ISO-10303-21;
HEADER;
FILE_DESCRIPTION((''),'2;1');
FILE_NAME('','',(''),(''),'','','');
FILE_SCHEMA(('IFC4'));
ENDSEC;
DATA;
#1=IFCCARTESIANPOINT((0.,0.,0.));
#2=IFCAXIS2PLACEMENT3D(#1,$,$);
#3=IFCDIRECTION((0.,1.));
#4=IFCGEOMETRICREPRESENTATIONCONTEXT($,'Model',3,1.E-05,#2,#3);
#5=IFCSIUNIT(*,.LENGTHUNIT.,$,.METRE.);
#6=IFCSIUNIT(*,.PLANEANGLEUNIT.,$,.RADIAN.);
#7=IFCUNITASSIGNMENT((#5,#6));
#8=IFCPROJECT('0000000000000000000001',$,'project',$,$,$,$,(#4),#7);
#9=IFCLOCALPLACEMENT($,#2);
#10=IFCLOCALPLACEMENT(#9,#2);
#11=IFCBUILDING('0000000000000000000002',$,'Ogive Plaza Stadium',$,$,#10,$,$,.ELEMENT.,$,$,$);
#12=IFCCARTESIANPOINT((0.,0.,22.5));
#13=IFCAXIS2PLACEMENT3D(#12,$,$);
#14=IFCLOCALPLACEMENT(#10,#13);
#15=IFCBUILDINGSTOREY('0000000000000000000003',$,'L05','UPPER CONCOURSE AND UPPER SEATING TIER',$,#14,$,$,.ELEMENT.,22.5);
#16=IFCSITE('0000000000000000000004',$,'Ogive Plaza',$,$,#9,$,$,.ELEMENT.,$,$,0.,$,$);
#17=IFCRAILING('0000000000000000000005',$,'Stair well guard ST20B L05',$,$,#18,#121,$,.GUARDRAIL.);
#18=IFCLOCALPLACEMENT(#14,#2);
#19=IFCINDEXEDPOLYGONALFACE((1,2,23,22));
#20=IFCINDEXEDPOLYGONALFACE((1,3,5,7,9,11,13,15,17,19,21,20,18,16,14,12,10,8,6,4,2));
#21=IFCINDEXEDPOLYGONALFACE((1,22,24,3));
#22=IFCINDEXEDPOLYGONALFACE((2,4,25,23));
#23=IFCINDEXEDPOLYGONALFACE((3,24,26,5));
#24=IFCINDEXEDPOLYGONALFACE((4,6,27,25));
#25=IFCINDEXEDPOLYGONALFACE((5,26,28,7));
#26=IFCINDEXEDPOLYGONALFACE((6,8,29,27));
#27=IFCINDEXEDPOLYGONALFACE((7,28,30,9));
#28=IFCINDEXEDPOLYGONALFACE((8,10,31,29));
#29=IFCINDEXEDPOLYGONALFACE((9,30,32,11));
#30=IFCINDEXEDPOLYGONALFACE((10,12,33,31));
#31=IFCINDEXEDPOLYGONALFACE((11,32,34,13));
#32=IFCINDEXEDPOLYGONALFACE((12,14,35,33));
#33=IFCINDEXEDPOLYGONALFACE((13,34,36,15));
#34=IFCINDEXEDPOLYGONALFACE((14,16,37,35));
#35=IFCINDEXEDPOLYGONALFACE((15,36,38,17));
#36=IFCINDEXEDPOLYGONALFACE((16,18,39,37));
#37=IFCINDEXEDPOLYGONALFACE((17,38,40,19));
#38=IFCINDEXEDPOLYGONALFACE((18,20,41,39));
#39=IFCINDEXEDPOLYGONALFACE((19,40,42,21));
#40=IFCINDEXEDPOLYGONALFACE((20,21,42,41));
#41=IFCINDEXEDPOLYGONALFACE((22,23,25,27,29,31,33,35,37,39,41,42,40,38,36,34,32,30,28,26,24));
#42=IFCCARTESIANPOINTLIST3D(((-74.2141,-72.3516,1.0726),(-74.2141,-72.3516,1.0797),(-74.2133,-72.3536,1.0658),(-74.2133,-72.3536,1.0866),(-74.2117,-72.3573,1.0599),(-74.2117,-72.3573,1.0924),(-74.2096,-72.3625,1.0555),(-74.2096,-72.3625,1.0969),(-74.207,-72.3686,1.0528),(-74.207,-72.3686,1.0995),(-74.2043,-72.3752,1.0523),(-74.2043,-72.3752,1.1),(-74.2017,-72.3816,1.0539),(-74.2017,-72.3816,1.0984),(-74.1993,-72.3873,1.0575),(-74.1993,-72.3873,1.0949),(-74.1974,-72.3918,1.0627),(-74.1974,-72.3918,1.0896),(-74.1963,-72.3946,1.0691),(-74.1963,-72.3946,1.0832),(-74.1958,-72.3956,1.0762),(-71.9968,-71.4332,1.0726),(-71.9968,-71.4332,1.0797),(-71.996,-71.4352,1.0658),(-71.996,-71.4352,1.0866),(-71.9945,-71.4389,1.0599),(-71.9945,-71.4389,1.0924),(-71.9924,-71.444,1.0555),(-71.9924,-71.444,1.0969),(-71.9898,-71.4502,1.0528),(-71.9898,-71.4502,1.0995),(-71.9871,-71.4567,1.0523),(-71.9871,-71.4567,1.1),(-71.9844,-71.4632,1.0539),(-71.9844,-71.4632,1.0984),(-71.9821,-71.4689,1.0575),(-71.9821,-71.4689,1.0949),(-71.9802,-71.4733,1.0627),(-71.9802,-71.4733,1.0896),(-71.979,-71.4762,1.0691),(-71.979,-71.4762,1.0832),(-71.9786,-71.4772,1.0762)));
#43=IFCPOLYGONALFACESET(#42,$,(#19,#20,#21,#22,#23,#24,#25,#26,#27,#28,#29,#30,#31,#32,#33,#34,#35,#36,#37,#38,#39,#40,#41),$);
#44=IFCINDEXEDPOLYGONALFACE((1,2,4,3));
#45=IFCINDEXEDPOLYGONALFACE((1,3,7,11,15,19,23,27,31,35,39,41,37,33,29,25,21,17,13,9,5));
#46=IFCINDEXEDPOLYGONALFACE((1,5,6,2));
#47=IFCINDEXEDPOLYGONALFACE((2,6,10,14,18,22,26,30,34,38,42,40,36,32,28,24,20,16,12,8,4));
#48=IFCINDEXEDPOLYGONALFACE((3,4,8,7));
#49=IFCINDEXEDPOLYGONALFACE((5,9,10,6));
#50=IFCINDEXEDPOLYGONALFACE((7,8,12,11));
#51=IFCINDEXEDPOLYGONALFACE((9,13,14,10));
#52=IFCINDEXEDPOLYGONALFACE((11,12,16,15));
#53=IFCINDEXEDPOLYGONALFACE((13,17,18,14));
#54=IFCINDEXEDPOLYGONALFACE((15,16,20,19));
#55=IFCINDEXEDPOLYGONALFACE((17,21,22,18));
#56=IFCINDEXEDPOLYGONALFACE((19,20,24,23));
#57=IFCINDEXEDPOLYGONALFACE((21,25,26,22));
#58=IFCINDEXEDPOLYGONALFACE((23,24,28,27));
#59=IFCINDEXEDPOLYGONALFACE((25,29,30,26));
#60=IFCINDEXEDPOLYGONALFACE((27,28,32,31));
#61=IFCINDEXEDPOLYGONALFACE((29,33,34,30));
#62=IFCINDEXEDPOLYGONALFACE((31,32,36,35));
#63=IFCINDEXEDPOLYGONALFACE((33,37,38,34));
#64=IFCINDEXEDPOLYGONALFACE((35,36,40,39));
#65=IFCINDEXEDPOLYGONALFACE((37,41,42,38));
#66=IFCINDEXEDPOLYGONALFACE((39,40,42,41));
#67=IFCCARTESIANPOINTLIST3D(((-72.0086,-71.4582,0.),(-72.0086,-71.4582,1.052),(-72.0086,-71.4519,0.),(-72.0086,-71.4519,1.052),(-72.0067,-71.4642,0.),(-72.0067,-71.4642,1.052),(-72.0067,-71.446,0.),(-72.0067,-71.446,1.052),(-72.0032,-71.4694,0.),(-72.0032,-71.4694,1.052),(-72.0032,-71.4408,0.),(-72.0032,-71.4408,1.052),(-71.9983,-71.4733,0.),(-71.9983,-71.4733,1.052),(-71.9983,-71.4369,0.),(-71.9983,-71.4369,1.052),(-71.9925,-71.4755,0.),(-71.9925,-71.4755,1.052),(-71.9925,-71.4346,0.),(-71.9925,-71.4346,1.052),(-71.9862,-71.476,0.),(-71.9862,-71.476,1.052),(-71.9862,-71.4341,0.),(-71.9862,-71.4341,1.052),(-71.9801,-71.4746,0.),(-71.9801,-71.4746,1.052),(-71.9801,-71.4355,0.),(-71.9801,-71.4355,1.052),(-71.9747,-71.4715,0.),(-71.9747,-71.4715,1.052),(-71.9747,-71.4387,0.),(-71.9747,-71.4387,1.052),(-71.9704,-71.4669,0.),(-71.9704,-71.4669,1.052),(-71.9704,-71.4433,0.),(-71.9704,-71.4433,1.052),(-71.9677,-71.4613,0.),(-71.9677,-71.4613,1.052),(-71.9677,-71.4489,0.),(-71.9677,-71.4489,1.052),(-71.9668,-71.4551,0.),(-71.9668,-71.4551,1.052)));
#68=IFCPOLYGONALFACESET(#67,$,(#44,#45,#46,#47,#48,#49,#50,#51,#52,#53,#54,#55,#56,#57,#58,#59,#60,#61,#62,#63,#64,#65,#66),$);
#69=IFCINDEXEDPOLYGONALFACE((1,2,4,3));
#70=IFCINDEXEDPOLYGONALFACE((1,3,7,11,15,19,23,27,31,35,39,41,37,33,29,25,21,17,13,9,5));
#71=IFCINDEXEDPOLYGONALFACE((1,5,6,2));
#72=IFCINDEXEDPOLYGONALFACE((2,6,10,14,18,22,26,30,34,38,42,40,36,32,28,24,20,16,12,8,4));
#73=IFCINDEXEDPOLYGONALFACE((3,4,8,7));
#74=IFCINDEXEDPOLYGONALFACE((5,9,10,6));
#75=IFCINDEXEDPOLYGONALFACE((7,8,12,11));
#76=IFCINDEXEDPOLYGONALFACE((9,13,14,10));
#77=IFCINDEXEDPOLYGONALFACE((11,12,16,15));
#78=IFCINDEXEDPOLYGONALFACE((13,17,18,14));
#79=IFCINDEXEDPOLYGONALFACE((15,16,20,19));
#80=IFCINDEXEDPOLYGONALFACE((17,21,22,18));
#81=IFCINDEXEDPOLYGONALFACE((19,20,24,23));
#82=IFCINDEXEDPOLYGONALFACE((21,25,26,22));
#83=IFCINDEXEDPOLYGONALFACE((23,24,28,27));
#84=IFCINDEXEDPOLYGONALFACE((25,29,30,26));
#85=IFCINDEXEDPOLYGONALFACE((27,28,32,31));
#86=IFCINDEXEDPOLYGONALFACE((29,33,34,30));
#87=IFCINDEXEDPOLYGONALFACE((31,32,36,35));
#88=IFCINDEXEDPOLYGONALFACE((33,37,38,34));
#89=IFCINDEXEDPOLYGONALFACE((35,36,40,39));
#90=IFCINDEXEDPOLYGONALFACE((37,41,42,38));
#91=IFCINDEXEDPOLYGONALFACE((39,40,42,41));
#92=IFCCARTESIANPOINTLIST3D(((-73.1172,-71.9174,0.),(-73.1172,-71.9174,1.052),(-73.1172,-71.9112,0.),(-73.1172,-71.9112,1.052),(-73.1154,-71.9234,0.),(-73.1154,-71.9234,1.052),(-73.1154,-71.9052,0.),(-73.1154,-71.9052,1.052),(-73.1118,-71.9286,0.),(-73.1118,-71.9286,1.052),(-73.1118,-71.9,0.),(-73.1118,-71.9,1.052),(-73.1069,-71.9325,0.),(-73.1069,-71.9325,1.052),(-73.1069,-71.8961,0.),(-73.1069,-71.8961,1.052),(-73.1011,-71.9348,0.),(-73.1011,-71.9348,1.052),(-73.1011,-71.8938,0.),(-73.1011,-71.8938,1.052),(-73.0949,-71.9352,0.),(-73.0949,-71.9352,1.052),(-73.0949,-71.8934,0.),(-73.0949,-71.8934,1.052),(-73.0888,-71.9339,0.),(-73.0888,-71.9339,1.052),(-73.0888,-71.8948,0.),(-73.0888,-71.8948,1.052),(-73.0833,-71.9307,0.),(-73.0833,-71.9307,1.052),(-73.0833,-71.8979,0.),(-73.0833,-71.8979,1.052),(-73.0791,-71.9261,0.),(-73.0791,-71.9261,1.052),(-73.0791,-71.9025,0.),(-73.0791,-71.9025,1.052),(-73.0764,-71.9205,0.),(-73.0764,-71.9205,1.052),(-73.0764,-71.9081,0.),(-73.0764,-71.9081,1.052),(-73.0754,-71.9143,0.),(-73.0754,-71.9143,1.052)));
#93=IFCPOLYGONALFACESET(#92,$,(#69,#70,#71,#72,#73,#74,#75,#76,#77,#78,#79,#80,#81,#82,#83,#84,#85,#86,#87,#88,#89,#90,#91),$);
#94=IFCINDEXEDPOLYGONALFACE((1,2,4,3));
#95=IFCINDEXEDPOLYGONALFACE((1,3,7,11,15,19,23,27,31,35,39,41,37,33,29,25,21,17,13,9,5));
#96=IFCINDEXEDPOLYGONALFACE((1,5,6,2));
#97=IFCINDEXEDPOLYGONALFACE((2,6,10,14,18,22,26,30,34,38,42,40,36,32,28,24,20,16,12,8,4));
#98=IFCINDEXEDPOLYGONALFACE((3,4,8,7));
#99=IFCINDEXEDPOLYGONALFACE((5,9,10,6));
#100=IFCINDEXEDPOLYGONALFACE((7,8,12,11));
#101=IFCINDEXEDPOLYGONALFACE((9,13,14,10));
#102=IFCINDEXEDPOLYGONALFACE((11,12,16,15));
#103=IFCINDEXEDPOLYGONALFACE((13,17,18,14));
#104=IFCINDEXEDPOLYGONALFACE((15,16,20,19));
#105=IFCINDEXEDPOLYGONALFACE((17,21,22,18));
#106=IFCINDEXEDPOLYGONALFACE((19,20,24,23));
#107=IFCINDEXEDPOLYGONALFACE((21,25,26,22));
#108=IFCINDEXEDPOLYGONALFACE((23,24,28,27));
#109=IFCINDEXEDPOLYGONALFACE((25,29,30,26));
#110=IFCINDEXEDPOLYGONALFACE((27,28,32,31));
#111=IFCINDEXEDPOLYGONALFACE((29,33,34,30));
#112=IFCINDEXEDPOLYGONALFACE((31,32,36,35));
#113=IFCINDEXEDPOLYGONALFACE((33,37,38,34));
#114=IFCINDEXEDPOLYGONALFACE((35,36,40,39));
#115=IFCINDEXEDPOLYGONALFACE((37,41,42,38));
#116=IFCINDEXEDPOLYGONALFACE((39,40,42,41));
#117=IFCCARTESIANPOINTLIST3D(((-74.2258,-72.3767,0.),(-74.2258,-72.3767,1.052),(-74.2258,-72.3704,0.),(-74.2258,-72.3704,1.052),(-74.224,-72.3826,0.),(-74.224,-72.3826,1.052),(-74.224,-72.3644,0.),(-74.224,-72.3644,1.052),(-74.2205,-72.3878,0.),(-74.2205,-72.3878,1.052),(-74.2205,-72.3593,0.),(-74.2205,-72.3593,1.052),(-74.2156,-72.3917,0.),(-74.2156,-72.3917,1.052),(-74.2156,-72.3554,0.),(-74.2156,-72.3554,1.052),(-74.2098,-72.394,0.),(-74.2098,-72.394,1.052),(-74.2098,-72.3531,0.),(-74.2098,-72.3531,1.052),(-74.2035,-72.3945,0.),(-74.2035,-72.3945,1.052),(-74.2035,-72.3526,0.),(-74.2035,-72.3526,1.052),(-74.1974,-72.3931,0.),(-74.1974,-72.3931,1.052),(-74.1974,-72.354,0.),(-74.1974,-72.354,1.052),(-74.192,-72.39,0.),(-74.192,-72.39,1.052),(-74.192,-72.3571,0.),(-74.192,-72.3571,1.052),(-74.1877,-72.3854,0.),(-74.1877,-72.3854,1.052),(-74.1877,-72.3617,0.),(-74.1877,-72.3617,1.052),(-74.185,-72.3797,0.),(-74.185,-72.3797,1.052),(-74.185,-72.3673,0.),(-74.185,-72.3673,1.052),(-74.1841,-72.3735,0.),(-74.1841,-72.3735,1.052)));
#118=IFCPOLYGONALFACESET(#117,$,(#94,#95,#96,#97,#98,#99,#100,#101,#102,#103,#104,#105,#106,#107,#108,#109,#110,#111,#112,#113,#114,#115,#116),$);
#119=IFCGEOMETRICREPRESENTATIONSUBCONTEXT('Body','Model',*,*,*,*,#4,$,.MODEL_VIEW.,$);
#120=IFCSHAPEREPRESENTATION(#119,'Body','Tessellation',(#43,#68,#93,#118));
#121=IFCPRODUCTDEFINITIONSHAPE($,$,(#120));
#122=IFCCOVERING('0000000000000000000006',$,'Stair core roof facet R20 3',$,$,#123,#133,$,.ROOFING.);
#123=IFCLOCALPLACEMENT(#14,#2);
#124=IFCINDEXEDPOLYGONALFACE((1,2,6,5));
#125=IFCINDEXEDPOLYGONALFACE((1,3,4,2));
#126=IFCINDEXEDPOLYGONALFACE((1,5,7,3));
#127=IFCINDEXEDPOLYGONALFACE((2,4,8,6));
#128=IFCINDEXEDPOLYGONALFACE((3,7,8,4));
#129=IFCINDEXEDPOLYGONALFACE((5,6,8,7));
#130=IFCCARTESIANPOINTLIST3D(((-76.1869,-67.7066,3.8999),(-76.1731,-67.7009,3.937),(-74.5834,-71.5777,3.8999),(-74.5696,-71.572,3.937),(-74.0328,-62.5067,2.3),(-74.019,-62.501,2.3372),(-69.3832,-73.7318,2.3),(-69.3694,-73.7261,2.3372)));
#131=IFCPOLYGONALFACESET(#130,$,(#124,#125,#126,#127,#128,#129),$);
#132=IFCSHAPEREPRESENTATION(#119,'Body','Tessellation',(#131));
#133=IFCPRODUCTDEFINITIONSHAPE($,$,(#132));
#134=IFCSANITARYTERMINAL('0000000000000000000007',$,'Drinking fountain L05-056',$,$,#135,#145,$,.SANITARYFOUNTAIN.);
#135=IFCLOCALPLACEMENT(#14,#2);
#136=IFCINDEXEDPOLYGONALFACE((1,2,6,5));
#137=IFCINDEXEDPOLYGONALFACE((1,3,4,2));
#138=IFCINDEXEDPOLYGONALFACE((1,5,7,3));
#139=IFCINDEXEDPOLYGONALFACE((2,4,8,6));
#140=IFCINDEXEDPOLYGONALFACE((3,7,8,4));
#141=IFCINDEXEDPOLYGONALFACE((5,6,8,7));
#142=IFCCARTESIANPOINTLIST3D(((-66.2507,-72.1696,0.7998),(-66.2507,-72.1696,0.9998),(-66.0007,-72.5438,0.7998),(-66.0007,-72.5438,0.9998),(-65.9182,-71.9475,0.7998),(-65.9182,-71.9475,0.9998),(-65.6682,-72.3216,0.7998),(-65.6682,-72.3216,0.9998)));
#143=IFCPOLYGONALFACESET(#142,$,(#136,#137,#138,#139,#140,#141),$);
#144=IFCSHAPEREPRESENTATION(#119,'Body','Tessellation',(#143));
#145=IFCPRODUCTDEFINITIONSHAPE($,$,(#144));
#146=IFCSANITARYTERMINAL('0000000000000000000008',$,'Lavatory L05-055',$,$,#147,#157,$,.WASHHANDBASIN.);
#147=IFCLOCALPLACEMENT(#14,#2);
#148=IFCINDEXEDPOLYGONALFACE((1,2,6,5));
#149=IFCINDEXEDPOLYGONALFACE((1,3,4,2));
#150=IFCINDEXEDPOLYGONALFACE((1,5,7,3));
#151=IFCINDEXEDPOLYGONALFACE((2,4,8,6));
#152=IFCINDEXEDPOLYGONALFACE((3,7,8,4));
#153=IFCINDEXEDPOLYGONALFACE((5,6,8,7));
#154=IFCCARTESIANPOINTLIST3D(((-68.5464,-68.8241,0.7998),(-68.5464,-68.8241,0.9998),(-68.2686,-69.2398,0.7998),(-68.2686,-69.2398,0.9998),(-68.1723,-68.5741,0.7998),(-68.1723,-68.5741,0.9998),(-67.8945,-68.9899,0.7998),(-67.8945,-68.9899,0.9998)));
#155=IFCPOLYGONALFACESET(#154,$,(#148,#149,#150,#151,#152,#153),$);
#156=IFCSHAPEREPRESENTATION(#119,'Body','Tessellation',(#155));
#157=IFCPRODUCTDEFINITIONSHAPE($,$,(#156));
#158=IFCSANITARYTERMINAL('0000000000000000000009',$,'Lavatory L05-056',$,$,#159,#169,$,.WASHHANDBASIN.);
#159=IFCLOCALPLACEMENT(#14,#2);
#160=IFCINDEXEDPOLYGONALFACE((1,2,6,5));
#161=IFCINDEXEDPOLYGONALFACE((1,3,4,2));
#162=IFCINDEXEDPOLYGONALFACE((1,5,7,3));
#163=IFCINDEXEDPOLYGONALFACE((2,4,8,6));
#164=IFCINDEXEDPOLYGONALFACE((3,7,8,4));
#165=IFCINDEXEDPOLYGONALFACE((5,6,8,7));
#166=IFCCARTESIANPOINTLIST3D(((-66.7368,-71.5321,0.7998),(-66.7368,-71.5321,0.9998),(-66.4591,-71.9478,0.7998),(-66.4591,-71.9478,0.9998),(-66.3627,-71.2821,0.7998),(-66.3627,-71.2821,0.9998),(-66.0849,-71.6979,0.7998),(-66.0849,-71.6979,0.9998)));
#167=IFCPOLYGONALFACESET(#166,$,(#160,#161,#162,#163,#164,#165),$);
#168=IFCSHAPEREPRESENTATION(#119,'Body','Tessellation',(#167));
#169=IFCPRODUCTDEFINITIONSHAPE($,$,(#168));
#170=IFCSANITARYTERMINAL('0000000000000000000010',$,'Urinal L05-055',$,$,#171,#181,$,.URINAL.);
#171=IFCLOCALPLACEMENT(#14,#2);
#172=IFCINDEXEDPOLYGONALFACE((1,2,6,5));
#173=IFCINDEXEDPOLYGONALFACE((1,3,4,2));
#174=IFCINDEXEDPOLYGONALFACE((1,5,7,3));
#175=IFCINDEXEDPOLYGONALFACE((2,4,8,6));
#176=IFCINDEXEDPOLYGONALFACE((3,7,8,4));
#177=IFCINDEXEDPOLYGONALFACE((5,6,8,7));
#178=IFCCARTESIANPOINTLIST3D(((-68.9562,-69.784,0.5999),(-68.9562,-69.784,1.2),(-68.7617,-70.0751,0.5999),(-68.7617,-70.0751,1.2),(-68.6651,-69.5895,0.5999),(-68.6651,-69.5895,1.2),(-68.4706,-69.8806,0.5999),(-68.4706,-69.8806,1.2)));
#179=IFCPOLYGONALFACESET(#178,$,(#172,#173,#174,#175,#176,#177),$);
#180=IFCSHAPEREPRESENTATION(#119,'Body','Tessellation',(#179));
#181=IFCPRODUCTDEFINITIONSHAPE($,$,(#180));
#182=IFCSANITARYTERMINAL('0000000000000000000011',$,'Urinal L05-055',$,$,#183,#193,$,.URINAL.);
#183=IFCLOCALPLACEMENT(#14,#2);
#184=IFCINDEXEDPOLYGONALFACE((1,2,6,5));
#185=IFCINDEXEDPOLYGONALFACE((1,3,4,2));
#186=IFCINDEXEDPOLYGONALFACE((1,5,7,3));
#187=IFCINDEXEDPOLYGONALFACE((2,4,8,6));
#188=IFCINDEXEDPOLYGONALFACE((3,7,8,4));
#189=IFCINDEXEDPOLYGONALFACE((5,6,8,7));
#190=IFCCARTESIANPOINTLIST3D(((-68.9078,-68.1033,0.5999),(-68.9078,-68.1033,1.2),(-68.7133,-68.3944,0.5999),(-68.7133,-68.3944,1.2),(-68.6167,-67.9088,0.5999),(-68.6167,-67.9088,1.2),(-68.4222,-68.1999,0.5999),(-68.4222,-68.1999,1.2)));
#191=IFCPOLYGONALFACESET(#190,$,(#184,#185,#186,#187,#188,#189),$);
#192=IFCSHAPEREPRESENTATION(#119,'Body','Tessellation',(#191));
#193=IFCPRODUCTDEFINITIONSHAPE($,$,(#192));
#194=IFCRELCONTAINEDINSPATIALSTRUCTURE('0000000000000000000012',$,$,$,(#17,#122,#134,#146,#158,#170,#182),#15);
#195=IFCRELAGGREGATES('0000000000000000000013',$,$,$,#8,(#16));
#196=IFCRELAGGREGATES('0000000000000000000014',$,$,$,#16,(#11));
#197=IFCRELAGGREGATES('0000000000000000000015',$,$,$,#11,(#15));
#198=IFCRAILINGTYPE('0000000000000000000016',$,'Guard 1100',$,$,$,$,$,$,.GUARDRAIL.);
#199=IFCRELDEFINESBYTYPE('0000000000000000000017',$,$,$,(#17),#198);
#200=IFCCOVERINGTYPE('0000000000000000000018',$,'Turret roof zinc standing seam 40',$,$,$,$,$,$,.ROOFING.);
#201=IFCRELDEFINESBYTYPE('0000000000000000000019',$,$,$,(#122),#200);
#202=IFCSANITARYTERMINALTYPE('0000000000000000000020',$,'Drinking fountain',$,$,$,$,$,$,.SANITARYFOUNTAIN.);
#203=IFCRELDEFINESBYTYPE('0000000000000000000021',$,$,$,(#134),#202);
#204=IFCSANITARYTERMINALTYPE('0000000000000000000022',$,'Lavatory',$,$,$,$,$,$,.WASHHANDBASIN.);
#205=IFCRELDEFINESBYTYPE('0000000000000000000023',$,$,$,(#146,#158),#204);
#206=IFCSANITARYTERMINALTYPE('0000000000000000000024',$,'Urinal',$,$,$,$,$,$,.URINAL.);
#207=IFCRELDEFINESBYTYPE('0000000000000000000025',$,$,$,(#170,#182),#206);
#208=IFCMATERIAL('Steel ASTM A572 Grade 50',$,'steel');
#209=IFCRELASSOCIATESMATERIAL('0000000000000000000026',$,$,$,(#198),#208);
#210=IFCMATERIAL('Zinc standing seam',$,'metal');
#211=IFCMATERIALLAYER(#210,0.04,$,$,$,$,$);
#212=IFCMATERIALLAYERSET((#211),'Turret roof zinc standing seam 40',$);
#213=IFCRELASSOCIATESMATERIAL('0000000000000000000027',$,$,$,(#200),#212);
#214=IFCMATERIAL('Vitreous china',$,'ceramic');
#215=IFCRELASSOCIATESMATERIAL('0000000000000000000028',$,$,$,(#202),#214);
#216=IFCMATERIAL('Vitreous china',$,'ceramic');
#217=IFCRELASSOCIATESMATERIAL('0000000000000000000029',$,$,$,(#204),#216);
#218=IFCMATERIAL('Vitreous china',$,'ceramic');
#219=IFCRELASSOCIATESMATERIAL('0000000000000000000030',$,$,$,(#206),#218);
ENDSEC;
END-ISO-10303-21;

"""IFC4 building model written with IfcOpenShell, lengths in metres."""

from ifc_helpers import new_model, si_unit, direction, frame, origin, origin_2d, place, context, subcontext, project, spatial, polyline, rectangle, circle, outline, extrude, material, layer, layer_set, type_object, element, save


model = new_model("IFC4")

# Units and contexts
model_context = context("Model", 3, precision=1e-05, world=origin(), true_north=direction((0.0, 1.0)))
body_context = subcontext(model_context, "Body", "Model", "MODEL_VIEW")
ifc_project = project(units=[si_unit("LENGTHUNIT", "METRE"), si_unit("PLANEANGLEUNIT", "RADIAN")], contexts=[model_context])

# Site, building, storey
site_placement = place(None, origin())
site = spatial("IfcSite", under=ifc_project, at=site_placement, Name="Ogive Plaza", CompositionType="ELEMENT", RefElevation=0.0)
building_placement = place(site_placement, origin())
building = spatial("IfcBuilding", under=site, at=building_placement, Name="Ogive Plaza Stadium", CompositionType="ELEMENT")
storey_placement = place(building_placement, frame((0.0, 0.0, 22.5)))
storey = spatial("IfcBuildingStorey", under=building, at=storey_placement, Name="L05", Description="UPPER CONCOURSE AND UPPER SEATING TIER", CompositionType="ELEMENT", Elevation=22.5)

# Railing
ifc_material_1 = material(Name="Steel ASTM A572 Grade 50", Category="steel")
railing_type = type_object("IfcRailingType", Name="Guard 1100", PredefinedType="GUARDRAIL", material=ifc_material_1)
railing_placement = place(storey_placement, frame((-71.9878, -71.4551, 0.0)))
element("IfcRailing", 1, at=railing_placement, inside=storey, type_object=railing_type, Name="Stair well guard ST20B L05", PredefinedType="GUARDRAIL", context=body_context, shape_type="SweptSolid", body=[
    extrude(circle(Radius=0.0239, at=origin_2d()), frame((0.0, 0.0, 1.0762), z_axis=(-0.923875, -0.382693, 0.0), x_axis=(0.382693, -0.923875, 0.0)), (0.0, 0.0, 1.0), 2.3999),
    extrude(circle(Radius=0.021, at=origin_2d()), origin(), (0.0, 0.0, 1.0), 1.052),
    extrude(circle(Radius=0.021, at=origin_2d()), frame((-1.1086, -0.4592, 0.0)), (0.0, 0.0, 1.0), 1.052),
    extrude(circle(Radius=0.021, at=origin_2d()), frame((-2.2173, -0.9185, 0.0)), (0.0, 0.0, 1.0), 1.052),
])

# Covering
ifc_material_2 = material(Name="Zinc standing seam", Category="metal")
ifc_layer_1 = layer(ifc_material_2, 0.04)
ifc_layer_set_1 = layer_set([ifc_layer_1], Name="Turret roof zinc standing seam 40")
covering_type = type_object("IfcCoveringType", Name="Turret roof zinc standing seam 40", PredefinedType="ROOFING", material=ifc_layer_set_1)
covering_placement = place(storey_placement, frame((-69.3694, -73.7261, 2.3372), z_axis=(0.344575, 0.14273, 0.927845), x_axis=(-0.382689, 0.923877, -0.000001)))
element("IfcCovering", 2, at=covering_placement, inside=storey, type_object=covering_type, Name="Stair core roof facet R20 3", PredefinedType="ROOFING", context=body_context, shape_type="SweptSolid", body=[
    extrude(outline(polyline([(0.0, 0.0), (12.15, 0.0), (8.1702, 4.2896), (3.9801, 4.2895), (0.0, 0.0)])), origin(), (0.0, 0.0, -1.0), 0.04),
])

# Sanitary terminals
ifc_material_3 = material(Name="Vitreous china", Category="ceramic")
sanitary_terminal_type_1 = type_object("IfcSanitaryTerminalType", Name="Drinking fountain", PredefinedType="SANITARYFOUNTAIN", material=ifc_material_3)
sanitary_terminal_placement = place(storey_placement, frame((-65.9595, -72.2456, 0.7998), z_axis=(0.0, 0.0, 1.0), x_axis=(0.55557, -0.83147, 0.0)))
element("IfcSanitaryTerminal", 3, at=sanitary_terminal_placement, inside=storey, type_object=sanitary_terminal_type_1, Name="Drinking fountain L05-056", PredefinedType="SANITARYFOUNTAIN", context=body_context, shape_type="SweptSolid", body=[
    extrude(rectangle(XDim=0.45, YDim=0.3999, at=origin_2d()), origin(), (0.0, 0.0, 1.0), 0.2),
])
ifc_material_4 = material(Name="Vitreous china", Category="ceramic")
sanitary_terminal_type_2 = type_object("IfcSanitaryTerminalType", Name="Lavatory", PredefinedType="WASHHANDBASIN", material=ifc_material_4)
for number, where, z_axis, x_axis, name in (
    (4, (-68.2205, -68.907, 0.7998), (0.0, 0.0, 1.0), (0.55557, -0.83147, 0.0), "Lavatory L05-055"),
    (5, (-66.4109, -71.615, 0.7998), (0.0, 0.0, 1.0), (0.55557, -0.83147, 0.0), "Lavatory L05-056"),
):
    element("IfcSanitaryTerminal", number, at=place(storey_placement, frame(where, z_axis=z_axis, x_axis=x_axis)), inside=storey, type_object=sanitary_terminal_type_2, Name=name, PredefinedType="WASHHANDBASIN", context=body_context, shape_type="SweptSolid", body=[
        extrude(rectangle(XDim=0.5, YDim=0.45, at=origin_2d()), origin(), (0.0, 0.0, 1.0), 0.2),
    ])
ifc_material_5 = material(Name="Vitreous china", Category="ceramic")
sanitary_terminal_type_3 = type_object("IfcSanitaryTerminalType", Name="Urinal", PredefinedType="URINAL", material=ifc_material_5)
for number, where, z_axis, x_axis, name in (
    (6, (-68.7134, -69.8323, 0.5999), (0.0, 0.0, 1.0), (0.55557, -0.83147, 0.0), "Urinal L05-055"),
    (7, (-68.665, -68.1516, 0.5999), (0.0, 0.0, 1.0), (0.55557, -0.83147, 0.0), "Urinal L05-055"),
):
    element("IfcSanitaryTerminal", number, at=place(storey_placement, frame(where, z_axis=z_axis, x_axis=x_axis)), inside=storey, type_object=sanitary_terminal_type_3, Name=name, PredefinedType="URINAL", context=body_context, shape_type="SweptSolid", body=[
        extrude(rectangle(XDim=0.3501, YDim=0.3501, at=origin_2d()), origin(), (0.0, 0.0, 1.0), 0.6001),
    ])

save(model, "model.ifc")
